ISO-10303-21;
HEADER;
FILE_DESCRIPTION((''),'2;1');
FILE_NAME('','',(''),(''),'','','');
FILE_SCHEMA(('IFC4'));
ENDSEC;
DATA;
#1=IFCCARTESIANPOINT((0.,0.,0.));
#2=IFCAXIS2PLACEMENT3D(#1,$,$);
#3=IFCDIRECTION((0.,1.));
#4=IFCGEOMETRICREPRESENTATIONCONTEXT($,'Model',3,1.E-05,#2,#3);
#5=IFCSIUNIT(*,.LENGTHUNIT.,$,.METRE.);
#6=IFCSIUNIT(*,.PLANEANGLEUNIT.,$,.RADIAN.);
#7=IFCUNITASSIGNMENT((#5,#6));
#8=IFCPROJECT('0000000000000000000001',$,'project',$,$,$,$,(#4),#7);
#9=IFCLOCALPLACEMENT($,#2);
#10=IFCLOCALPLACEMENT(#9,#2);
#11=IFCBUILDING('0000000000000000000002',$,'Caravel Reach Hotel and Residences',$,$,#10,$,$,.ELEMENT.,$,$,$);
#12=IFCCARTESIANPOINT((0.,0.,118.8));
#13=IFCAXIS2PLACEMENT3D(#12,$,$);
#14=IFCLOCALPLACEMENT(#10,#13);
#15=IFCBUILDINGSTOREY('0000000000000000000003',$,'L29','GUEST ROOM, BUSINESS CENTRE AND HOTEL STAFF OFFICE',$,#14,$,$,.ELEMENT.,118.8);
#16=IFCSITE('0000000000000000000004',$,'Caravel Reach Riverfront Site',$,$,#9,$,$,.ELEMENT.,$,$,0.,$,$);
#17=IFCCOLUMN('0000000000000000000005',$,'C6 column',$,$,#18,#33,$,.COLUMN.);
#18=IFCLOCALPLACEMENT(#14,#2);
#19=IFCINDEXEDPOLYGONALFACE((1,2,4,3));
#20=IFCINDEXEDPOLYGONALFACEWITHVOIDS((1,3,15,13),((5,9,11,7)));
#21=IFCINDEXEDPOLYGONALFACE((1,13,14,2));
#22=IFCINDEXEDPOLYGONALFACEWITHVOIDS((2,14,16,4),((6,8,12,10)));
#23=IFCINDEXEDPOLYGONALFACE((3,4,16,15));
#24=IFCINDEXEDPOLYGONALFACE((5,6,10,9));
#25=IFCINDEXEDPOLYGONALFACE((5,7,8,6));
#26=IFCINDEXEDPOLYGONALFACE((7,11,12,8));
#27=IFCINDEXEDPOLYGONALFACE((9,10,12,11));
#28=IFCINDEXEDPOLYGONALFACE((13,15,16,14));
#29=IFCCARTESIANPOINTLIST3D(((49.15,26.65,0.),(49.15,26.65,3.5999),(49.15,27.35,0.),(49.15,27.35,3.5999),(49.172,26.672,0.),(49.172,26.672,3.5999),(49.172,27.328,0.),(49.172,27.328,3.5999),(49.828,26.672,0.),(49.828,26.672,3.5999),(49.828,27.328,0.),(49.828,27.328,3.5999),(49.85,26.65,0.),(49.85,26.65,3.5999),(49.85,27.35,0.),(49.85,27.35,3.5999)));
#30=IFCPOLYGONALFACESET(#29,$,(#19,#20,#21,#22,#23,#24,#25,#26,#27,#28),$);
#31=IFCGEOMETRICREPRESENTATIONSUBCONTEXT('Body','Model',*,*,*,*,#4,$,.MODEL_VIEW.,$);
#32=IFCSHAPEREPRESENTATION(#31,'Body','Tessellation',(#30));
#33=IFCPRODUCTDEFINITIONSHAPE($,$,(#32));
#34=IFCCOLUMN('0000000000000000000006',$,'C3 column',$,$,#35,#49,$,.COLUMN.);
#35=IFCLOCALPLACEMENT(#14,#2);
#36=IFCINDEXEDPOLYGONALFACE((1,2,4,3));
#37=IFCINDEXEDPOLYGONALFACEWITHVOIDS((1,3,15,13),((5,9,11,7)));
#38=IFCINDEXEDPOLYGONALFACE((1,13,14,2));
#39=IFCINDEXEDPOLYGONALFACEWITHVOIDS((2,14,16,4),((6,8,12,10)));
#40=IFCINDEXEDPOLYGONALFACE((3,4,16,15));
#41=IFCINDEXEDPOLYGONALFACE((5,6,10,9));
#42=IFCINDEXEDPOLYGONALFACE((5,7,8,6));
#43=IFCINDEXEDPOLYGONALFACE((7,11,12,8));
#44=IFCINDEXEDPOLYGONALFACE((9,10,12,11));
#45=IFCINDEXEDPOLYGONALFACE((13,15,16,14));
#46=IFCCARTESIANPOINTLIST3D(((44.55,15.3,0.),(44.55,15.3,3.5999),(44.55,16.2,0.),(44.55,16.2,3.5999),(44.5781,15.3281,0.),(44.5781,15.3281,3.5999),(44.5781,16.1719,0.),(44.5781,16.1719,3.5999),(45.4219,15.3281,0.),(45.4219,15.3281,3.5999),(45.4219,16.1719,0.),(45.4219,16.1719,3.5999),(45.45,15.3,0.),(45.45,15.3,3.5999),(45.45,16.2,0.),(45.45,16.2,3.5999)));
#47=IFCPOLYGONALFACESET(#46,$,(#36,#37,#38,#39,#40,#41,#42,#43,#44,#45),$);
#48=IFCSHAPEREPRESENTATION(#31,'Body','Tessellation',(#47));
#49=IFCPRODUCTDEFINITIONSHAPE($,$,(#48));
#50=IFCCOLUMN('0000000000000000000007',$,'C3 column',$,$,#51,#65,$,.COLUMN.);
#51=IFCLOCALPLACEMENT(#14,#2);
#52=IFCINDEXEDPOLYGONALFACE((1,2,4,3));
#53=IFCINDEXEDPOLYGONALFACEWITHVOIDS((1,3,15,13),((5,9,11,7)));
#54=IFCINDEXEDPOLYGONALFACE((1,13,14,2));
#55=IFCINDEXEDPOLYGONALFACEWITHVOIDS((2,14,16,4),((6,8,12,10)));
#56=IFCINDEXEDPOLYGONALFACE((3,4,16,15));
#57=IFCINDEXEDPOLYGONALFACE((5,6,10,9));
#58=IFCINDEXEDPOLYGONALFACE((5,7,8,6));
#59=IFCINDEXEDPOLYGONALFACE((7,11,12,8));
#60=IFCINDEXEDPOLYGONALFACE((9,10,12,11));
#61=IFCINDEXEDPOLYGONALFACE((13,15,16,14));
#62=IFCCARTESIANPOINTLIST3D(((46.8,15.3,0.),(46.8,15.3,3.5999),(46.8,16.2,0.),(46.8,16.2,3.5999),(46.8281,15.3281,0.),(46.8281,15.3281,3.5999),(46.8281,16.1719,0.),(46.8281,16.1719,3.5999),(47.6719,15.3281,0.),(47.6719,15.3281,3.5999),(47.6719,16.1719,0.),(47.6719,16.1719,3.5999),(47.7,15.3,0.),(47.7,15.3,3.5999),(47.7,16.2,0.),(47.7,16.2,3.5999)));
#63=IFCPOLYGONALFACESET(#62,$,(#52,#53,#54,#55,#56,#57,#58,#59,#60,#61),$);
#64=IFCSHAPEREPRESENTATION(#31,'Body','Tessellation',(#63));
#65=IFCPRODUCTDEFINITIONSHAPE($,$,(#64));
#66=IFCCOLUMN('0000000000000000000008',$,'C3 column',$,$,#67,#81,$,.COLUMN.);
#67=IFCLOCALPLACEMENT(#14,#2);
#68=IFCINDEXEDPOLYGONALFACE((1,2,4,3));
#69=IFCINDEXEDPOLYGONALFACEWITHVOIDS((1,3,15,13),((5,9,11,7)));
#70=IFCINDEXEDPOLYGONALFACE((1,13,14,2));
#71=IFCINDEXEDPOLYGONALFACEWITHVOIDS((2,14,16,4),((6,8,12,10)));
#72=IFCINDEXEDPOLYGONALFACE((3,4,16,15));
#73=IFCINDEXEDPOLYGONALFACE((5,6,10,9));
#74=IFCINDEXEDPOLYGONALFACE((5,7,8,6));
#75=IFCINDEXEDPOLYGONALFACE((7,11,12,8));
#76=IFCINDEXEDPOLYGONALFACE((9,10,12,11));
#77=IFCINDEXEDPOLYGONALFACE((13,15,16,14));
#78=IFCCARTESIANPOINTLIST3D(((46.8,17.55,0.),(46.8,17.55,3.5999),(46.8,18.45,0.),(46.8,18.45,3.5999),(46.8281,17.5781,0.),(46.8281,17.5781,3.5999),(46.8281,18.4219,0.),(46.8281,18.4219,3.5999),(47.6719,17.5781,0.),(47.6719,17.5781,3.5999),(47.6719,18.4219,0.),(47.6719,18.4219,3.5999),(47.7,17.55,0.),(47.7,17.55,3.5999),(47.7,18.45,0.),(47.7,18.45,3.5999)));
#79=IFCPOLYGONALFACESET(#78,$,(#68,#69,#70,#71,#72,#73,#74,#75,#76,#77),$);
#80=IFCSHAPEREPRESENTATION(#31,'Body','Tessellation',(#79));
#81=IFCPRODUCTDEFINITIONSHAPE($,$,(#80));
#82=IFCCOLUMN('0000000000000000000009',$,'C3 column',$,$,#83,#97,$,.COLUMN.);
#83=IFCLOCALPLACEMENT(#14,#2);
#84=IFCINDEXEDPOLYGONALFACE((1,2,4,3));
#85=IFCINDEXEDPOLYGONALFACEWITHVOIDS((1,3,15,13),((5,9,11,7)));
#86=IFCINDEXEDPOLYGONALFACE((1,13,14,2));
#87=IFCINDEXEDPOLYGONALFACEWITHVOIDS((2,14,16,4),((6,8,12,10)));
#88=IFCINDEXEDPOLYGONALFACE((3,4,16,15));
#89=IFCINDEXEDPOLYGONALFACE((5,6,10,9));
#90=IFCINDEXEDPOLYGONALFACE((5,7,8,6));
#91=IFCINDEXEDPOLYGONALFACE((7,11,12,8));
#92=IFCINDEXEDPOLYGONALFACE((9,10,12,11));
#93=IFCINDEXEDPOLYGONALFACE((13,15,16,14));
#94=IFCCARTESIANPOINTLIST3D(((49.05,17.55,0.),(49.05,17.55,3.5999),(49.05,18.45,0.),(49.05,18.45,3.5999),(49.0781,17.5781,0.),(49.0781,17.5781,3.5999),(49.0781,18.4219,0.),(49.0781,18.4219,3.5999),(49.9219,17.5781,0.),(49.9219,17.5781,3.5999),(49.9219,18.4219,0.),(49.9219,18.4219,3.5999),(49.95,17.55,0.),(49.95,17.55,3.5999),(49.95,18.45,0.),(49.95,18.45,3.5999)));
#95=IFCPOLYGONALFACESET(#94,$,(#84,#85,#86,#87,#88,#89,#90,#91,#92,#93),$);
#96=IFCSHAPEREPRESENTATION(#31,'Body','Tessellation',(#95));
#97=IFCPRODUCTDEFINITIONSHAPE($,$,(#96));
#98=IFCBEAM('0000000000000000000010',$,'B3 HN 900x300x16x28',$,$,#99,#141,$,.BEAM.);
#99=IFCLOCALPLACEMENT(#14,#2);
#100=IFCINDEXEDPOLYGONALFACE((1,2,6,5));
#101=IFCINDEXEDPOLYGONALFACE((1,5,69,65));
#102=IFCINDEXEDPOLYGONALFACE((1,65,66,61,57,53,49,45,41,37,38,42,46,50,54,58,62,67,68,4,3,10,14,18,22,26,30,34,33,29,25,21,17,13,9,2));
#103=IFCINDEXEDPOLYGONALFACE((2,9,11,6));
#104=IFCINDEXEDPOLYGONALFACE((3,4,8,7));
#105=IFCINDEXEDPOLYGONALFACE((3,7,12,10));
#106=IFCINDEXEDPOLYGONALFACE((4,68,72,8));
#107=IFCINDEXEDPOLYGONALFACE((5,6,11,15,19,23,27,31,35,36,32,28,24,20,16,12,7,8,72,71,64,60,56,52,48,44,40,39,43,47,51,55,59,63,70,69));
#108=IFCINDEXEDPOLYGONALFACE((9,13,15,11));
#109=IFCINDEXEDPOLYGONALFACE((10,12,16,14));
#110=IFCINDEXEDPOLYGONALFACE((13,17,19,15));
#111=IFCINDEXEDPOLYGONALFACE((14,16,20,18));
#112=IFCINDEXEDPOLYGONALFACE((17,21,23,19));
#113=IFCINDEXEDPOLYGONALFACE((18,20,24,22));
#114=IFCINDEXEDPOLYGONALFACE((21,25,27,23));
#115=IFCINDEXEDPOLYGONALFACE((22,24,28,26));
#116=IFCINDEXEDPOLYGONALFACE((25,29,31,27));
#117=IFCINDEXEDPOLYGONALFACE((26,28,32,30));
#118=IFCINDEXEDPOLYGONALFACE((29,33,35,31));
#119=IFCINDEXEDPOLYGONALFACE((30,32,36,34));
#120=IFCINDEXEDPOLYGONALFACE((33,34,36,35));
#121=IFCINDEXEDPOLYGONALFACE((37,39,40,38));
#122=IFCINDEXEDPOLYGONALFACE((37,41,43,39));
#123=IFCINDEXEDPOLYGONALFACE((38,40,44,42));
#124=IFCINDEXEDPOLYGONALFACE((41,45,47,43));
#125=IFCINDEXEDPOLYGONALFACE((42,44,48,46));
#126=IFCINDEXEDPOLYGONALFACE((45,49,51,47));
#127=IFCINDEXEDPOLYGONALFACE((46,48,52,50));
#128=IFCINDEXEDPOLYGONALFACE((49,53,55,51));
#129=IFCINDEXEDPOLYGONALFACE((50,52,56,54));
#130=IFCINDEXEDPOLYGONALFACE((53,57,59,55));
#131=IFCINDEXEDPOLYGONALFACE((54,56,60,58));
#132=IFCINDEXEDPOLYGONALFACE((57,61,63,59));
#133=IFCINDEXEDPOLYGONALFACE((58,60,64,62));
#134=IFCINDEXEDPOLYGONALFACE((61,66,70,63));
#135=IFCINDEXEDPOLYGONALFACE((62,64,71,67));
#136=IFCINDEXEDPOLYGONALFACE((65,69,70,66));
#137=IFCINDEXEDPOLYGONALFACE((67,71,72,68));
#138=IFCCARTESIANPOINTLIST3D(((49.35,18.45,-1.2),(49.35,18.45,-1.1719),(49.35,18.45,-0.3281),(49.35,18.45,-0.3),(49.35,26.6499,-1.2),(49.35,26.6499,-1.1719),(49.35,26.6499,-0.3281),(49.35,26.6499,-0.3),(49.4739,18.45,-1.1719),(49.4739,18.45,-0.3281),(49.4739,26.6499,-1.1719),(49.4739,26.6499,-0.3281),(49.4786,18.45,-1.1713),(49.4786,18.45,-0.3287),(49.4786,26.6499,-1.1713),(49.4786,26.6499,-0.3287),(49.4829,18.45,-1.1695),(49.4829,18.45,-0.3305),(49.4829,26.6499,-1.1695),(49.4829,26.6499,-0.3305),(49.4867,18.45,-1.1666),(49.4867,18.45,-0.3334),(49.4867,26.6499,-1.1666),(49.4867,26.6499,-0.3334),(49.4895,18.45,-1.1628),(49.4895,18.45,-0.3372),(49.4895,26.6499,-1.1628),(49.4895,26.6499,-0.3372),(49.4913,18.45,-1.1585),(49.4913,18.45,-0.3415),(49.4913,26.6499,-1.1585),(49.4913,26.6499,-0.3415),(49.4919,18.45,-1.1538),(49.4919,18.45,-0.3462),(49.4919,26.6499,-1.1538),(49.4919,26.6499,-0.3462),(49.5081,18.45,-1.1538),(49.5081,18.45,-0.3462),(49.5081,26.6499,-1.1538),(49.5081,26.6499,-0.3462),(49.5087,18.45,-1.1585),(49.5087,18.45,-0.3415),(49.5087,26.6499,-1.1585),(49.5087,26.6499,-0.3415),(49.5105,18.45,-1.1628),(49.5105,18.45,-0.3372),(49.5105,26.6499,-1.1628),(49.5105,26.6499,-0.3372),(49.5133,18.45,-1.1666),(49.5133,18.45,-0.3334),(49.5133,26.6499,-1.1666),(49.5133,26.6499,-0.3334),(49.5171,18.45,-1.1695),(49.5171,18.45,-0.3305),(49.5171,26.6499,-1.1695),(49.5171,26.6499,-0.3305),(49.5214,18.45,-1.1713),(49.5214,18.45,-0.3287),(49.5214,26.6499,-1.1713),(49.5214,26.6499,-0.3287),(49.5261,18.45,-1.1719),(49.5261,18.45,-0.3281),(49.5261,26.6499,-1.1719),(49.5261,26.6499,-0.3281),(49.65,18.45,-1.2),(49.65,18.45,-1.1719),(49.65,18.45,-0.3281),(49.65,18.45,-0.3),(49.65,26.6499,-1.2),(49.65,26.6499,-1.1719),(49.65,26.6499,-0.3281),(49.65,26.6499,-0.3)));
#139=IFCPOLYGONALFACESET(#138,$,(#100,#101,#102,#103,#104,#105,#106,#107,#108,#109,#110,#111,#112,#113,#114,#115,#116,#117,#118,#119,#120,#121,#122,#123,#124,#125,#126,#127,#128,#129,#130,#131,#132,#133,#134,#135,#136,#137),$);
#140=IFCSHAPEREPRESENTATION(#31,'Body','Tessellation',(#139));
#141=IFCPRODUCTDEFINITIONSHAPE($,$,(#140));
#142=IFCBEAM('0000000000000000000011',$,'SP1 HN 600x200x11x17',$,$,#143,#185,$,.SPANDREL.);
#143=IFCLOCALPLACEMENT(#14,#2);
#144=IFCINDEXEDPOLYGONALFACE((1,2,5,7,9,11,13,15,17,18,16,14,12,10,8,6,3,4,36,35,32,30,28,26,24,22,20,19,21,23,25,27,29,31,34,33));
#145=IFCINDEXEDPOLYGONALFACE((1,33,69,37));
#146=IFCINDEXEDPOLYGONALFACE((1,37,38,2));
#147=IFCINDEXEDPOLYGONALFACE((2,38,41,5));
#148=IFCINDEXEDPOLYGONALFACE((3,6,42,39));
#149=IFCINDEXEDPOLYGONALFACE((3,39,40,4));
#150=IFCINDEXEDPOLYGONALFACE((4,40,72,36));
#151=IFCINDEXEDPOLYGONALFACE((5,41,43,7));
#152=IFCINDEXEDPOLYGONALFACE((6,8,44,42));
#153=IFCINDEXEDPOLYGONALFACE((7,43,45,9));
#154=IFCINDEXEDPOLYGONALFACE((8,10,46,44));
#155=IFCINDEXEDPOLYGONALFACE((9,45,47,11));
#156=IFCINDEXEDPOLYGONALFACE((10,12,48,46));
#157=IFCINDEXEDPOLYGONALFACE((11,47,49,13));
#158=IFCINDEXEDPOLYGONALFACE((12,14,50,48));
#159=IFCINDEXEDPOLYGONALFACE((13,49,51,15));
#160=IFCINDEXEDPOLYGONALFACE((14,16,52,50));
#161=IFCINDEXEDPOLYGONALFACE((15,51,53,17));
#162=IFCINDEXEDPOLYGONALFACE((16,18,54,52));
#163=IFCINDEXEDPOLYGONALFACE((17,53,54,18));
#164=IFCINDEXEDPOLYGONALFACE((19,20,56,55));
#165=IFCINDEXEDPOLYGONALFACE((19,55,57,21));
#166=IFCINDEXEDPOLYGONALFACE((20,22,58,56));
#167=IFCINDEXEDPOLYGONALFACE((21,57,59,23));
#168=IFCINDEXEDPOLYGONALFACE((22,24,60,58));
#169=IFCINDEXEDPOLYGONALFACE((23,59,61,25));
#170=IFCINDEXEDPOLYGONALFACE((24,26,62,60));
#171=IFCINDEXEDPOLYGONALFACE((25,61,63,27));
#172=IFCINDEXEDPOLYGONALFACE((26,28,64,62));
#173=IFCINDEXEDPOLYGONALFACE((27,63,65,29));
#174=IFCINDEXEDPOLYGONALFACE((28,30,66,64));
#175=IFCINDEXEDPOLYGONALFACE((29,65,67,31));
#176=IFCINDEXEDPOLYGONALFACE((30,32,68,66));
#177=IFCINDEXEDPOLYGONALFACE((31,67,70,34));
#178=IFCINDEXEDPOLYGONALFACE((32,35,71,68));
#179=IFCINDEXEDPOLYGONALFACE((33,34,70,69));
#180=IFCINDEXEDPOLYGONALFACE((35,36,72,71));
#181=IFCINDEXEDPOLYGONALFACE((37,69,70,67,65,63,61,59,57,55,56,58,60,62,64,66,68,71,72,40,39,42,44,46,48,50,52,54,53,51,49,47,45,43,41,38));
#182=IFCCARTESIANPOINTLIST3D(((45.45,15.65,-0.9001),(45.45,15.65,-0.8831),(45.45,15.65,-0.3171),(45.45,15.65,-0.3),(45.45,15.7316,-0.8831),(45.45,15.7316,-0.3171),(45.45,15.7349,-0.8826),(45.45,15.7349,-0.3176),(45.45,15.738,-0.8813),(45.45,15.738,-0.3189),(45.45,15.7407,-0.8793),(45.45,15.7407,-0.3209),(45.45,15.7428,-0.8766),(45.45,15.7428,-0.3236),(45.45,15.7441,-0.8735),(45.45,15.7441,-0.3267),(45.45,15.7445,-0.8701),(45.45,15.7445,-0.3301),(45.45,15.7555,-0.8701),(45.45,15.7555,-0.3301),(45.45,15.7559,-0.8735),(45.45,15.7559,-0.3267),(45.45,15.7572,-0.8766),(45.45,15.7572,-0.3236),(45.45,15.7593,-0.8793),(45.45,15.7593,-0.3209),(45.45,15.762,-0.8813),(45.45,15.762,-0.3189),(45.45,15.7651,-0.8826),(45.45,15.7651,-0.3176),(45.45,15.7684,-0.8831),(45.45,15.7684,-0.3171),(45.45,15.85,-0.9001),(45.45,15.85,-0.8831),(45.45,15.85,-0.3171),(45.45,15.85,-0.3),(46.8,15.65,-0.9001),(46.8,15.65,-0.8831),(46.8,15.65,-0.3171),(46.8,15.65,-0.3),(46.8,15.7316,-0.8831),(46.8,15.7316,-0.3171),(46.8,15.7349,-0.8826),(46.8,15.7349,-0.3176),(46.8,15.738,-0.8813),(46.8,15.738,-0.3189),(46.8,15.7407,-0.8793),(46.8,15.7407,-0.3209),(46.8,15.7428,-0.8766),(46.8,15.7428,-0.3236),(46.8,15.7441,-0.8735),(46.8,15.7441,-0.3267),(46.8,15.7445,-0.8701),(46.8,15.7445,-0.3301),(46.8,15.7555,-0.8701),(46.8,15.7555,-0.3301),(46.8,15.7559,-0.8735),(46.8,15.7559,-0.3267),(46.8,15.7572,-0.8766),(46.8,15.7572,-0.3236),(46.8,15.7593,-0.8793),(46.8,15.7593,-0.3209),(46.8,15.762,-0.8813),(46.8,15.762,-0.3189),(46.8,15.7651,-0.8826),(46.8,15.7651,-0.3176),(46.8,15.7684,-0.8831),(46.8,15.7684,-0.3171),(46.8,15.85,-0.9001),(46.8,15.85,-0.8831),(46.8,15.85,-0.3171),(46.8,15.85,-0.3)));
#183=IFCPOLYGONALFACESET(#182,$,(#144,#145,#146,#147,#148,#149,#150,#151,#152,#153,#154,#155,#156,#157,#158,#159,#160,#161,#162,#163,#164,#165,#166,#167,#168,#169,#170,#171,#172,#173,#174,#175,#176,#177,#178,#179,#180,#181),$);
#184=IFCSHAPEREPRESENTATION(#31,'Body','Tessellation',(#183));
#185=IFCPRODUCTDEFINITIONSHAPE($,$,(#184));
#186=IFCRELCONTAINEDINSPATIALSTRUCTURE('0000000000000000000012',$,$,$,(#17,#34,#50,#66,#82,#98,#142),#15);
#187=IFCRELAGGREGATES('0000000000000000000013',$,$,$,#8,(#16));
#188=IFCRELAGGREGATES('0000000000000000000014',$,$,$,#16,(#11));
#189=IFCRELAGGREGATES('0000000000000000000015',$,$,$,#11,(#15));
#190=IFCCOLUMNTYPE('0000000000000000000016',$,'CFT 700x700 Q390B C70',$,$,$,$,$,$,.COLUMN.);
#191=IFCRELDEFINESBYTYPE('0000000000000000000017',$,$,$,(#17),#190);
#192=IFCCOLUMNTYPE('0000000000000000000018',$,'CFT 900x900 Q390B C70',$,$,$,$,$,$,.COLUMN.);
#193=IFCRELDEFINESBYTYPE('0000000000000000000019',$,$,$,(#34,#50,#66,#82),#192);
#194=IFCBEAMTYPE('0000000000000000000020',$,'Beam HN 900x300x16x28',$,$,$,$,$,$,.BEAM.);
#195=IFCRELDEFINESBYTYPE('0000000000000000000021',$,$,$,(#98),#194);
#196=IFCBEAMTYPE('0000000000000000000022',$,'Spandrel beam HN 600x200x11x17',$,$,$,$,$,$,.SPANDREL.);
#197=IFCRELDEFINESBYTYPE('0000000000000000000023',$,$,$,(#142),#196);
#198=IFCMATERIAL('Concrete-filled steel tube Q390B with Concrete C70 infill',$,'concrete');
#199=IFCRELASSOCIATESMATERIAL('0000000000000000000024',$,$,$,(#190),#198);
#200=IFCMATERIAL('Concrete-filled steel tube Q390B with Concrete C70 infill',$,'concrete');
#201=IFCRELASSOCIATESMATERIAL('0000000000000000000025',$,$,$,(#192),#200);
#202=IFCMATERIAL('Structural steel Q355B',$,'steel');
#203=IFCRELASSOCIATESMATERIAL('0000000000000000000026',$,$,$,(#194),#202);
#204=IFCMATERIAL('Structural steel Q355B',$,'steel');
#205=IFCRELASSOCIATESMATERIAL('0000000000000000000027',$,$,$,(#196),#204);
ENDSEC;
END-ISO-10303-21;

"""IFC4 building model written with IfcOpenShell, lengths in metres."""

from ifc_helpers import new_model, si_unit, direction, frame, origin, origin_2d, place, context, subcontext, project, spatial, hollow_rectangle, i_section, extrude, material, material_profile, profile_set, type_object, element, save


model = new_model("IFC4")

# Units and contexts
model_context = context("Model", 3, precision=1e-05, world=origin(), true_north=direction((0.0, 1.0)))
body_context = subcontext(model_context, "Body", "Model", "MODEL_VIEW")
ifc_project = project(units=[si_unit("LENGTHUNIT", "METRE"), si_unit("PLANEANGLEUNIT", "RADIAN")], contexts=[model_context])

# Site, building, storey
site_placement = place(None, origin())
site = spatial("IfcSite", under=ifc_project, at=site_placement, Name="Caravel Reach Riverfront Site", CompositionType="ELEMENT", RefElevation=0.0)
building_placement = place(site_placement, origin())
building = spatial("IfcBuilding", under=site, at=building_placement, Name="Caravel Reach Hotel and Residences", CompositionType="ELEMENT")
storey_placement = place(building_placement, frame((0.0, 0.0, 118.8)))
storey = spatial("IfcBuildingStorey", under=building, at=storey_placement, Name="L29", Description="GUEST ROOM, BUSINESS CENTRE AND HOTEL STAFF OFFICE", CompositionType="ELEMENT", Elevation=118.8)

# Columns
ifc_material_1 = material(Name="Concrete-filled steel tube Q390B with Concrete C70 infill", Category="concrete")
ifc_material_profile_1 = material_profile(ifc_material_1, hollow_rectangle(XDim=0.7, YDim=0.7, WallThickness=0.022, at=origin_2d()), Name="RHS 700x700x22")
ifc_profile_set_1 = profile_set([ifc_material_profile_1], Name="Concrete-filled steel tube Q390B with Concrete C70 infill")
column_type_1 = type_object("IfcColumnType", Name="CFT 700x700 Q390B C70", PredefinedType="COLUMN", material=ifc_profile_set_1)
column_placement = place(storey_placement, frame((49.5, 27.0, 0.0), z_axis=(0.0, 0.0, 1.0), x_axis=(1.0, 0.0, 0.0)))
element("IfcColumn", 1, at=column_placement, inside=storey, type_object=column_type_1, Name="C6 column", PredefinedType="COLUMN", context=body_context, shape_type="SweptSolid", body=[
    extrude(hollow_rectangle(XDim=0.7, YDim=0.7, WallThickness=0.022, at=origin_2d()), origin(), (0.0, 0.0, 1.0), 3.5999),
])
ifc_material_2 = material(Name="Concrete-filled steel tube Q390B with Concrete C70 infill", Category="concrete")
ifc_material_profile_2 = material_profile(ifc_material_2, hollow_rectangle(XDim=0.8999, YDim=0.8999, WallThickness=0.0281, at=origin_2d()), Name="RHS 900x900x28")
ifc_profile_set_2 = profile_set([ifc_material_profile_2], Name="Concrete-filled steel tube Q390B with Concrete C70 infill")
column_type_2 = type_object("IfcColumnType", Name="CFT 900x900 Q390B C70", PredefinedType="COLUMN", material=ifc_profile_set_2)
for number, where, z_axis, x_axis, name in (
    (2, (45.0, 15.75, 0.0), (0.0, 0.0, 1.0), (1.0, 0.0, 0.0), "C3 column"),
    (3, (47.25, 15.75, 0.0), (0.0, 0.0, 1.0), (1.0, 0.0, 0.0), "C3 column"),
    (4, (47.25, 18.0, 0.0), (0.0, 0.0, 1.0), (1.0, 0.0, 0.0), "C3 column"),
    (5, (49.5, 18.0, 0.0), (0.0, 0.0, 1.0), (1.0, 0.0, 0.0), "C3 column"),
):
    element("IfcColumn", number, at=place(storey_placement, frame(where, z_axis=z_axis, x_axis=x_axis)), inside=storey, type_object=column_type_2, Name=name, PredefinedType="COLUMN", context=body_context, shape_type="SweptSolid", body=[
        extrude(hollow_rectangle(XDim=0.8999, YDim=0.8999, WallThickness=0.0281, at=origin_2d()), origin(), (0.0, 0.0, 1.0), 3.5999),
    ])

# Beams
ifc_material_3 = material(Name="Structural steel Q355B", Category="steel")
ifc_material_profile_3 = material_profile(ifc_material_3, i_section(OverallWidth=0.3, OverallDepth=0.8999, WebThickness=0.0161, FlangeThickness=0.0281, FilletRadius=0.0181, at=origin_2d()), Name="HN 900x300x16x28")
ifc_profile_set_3 = profile_set([ifc_material_profile_3], Name="Structural steel Q355B")
beam_type_1 = type_object("IfcBeamType", Name="Beam HN 900x300x16x28", PredefinedType="BEAM", material=ifc_profile_set_3)
beam_placement = place(storey_placement, frame((49.5, 18.45, -0.75), z_axis=(0.0, 1.0, 0.0), x_axis=(-1.0, 0.0, 0.0)))
element("IfcBeam", 6, at=beam_placement, inside=storey, type_object=beam_type_1, Name="B3 HN 900x300x16x28", PredefinedType="BEAM", context=body_context, shape_type="SweptSolid", body=[
    extrude(i_section(OverallWidth=0.3, OverallDepth=0.8999, WebThickness=0.0161, FlangeThickness=0.0281, FilletRadius=0.0181, at=origin_2d()), origin(), (0.0, 0.0, 1.0), 8.2),
])
ifc_material_4 = material(Name="Structural steel Q355B", Category="steel")
ifc_material_profile_4 = material_profile(ifc_material_4, i_section(OverallWidth=0.2, OverallDepth=0.6001, WebThickness=0.011, FlangeThickness=0.0171, FilletRadius=0.0129, at=origin_2d()), Name="HN 600x200x11x17")
ifc_profile_set_4 = profile_set([ifc_material_profile_4], Name="Structural steel Q355B")
beam_type_2 = type_object("IfcBeamType", Name="Spandrel beam HN 600x200x11x17", PredefinedType="SPANDREL", material=ifc_profile_set_4)
for number, where, z_axis, x_axis, name in (
    (7, (45.45, 15.75, -0.6001), (1.0, 0.0, 0.0), (0.0, 1.0, 0.0), "SP1 HN 600x200x11x17"),
):
    element("IfcBeam", number, at=place(storey_placement, frame(where, z_axis=z_axis, x_axis=x_axis)), inside=storey, type_object=beam_type_2, Name=name, PredefinedType="SPANDREL", context=body_context, shape_type="SweptSolid", body=[
        extrude(i_section(OverallWidth=0.2, OverallDepth=0.6001, WebThickness=0.011, FlangeThickness=0.0171, FilletRadius=0.0129, at=origin_2d()), origin(), (0.0, 0.0, 1.0), 1.3501),
    ])

save(model, "model.ifc")
